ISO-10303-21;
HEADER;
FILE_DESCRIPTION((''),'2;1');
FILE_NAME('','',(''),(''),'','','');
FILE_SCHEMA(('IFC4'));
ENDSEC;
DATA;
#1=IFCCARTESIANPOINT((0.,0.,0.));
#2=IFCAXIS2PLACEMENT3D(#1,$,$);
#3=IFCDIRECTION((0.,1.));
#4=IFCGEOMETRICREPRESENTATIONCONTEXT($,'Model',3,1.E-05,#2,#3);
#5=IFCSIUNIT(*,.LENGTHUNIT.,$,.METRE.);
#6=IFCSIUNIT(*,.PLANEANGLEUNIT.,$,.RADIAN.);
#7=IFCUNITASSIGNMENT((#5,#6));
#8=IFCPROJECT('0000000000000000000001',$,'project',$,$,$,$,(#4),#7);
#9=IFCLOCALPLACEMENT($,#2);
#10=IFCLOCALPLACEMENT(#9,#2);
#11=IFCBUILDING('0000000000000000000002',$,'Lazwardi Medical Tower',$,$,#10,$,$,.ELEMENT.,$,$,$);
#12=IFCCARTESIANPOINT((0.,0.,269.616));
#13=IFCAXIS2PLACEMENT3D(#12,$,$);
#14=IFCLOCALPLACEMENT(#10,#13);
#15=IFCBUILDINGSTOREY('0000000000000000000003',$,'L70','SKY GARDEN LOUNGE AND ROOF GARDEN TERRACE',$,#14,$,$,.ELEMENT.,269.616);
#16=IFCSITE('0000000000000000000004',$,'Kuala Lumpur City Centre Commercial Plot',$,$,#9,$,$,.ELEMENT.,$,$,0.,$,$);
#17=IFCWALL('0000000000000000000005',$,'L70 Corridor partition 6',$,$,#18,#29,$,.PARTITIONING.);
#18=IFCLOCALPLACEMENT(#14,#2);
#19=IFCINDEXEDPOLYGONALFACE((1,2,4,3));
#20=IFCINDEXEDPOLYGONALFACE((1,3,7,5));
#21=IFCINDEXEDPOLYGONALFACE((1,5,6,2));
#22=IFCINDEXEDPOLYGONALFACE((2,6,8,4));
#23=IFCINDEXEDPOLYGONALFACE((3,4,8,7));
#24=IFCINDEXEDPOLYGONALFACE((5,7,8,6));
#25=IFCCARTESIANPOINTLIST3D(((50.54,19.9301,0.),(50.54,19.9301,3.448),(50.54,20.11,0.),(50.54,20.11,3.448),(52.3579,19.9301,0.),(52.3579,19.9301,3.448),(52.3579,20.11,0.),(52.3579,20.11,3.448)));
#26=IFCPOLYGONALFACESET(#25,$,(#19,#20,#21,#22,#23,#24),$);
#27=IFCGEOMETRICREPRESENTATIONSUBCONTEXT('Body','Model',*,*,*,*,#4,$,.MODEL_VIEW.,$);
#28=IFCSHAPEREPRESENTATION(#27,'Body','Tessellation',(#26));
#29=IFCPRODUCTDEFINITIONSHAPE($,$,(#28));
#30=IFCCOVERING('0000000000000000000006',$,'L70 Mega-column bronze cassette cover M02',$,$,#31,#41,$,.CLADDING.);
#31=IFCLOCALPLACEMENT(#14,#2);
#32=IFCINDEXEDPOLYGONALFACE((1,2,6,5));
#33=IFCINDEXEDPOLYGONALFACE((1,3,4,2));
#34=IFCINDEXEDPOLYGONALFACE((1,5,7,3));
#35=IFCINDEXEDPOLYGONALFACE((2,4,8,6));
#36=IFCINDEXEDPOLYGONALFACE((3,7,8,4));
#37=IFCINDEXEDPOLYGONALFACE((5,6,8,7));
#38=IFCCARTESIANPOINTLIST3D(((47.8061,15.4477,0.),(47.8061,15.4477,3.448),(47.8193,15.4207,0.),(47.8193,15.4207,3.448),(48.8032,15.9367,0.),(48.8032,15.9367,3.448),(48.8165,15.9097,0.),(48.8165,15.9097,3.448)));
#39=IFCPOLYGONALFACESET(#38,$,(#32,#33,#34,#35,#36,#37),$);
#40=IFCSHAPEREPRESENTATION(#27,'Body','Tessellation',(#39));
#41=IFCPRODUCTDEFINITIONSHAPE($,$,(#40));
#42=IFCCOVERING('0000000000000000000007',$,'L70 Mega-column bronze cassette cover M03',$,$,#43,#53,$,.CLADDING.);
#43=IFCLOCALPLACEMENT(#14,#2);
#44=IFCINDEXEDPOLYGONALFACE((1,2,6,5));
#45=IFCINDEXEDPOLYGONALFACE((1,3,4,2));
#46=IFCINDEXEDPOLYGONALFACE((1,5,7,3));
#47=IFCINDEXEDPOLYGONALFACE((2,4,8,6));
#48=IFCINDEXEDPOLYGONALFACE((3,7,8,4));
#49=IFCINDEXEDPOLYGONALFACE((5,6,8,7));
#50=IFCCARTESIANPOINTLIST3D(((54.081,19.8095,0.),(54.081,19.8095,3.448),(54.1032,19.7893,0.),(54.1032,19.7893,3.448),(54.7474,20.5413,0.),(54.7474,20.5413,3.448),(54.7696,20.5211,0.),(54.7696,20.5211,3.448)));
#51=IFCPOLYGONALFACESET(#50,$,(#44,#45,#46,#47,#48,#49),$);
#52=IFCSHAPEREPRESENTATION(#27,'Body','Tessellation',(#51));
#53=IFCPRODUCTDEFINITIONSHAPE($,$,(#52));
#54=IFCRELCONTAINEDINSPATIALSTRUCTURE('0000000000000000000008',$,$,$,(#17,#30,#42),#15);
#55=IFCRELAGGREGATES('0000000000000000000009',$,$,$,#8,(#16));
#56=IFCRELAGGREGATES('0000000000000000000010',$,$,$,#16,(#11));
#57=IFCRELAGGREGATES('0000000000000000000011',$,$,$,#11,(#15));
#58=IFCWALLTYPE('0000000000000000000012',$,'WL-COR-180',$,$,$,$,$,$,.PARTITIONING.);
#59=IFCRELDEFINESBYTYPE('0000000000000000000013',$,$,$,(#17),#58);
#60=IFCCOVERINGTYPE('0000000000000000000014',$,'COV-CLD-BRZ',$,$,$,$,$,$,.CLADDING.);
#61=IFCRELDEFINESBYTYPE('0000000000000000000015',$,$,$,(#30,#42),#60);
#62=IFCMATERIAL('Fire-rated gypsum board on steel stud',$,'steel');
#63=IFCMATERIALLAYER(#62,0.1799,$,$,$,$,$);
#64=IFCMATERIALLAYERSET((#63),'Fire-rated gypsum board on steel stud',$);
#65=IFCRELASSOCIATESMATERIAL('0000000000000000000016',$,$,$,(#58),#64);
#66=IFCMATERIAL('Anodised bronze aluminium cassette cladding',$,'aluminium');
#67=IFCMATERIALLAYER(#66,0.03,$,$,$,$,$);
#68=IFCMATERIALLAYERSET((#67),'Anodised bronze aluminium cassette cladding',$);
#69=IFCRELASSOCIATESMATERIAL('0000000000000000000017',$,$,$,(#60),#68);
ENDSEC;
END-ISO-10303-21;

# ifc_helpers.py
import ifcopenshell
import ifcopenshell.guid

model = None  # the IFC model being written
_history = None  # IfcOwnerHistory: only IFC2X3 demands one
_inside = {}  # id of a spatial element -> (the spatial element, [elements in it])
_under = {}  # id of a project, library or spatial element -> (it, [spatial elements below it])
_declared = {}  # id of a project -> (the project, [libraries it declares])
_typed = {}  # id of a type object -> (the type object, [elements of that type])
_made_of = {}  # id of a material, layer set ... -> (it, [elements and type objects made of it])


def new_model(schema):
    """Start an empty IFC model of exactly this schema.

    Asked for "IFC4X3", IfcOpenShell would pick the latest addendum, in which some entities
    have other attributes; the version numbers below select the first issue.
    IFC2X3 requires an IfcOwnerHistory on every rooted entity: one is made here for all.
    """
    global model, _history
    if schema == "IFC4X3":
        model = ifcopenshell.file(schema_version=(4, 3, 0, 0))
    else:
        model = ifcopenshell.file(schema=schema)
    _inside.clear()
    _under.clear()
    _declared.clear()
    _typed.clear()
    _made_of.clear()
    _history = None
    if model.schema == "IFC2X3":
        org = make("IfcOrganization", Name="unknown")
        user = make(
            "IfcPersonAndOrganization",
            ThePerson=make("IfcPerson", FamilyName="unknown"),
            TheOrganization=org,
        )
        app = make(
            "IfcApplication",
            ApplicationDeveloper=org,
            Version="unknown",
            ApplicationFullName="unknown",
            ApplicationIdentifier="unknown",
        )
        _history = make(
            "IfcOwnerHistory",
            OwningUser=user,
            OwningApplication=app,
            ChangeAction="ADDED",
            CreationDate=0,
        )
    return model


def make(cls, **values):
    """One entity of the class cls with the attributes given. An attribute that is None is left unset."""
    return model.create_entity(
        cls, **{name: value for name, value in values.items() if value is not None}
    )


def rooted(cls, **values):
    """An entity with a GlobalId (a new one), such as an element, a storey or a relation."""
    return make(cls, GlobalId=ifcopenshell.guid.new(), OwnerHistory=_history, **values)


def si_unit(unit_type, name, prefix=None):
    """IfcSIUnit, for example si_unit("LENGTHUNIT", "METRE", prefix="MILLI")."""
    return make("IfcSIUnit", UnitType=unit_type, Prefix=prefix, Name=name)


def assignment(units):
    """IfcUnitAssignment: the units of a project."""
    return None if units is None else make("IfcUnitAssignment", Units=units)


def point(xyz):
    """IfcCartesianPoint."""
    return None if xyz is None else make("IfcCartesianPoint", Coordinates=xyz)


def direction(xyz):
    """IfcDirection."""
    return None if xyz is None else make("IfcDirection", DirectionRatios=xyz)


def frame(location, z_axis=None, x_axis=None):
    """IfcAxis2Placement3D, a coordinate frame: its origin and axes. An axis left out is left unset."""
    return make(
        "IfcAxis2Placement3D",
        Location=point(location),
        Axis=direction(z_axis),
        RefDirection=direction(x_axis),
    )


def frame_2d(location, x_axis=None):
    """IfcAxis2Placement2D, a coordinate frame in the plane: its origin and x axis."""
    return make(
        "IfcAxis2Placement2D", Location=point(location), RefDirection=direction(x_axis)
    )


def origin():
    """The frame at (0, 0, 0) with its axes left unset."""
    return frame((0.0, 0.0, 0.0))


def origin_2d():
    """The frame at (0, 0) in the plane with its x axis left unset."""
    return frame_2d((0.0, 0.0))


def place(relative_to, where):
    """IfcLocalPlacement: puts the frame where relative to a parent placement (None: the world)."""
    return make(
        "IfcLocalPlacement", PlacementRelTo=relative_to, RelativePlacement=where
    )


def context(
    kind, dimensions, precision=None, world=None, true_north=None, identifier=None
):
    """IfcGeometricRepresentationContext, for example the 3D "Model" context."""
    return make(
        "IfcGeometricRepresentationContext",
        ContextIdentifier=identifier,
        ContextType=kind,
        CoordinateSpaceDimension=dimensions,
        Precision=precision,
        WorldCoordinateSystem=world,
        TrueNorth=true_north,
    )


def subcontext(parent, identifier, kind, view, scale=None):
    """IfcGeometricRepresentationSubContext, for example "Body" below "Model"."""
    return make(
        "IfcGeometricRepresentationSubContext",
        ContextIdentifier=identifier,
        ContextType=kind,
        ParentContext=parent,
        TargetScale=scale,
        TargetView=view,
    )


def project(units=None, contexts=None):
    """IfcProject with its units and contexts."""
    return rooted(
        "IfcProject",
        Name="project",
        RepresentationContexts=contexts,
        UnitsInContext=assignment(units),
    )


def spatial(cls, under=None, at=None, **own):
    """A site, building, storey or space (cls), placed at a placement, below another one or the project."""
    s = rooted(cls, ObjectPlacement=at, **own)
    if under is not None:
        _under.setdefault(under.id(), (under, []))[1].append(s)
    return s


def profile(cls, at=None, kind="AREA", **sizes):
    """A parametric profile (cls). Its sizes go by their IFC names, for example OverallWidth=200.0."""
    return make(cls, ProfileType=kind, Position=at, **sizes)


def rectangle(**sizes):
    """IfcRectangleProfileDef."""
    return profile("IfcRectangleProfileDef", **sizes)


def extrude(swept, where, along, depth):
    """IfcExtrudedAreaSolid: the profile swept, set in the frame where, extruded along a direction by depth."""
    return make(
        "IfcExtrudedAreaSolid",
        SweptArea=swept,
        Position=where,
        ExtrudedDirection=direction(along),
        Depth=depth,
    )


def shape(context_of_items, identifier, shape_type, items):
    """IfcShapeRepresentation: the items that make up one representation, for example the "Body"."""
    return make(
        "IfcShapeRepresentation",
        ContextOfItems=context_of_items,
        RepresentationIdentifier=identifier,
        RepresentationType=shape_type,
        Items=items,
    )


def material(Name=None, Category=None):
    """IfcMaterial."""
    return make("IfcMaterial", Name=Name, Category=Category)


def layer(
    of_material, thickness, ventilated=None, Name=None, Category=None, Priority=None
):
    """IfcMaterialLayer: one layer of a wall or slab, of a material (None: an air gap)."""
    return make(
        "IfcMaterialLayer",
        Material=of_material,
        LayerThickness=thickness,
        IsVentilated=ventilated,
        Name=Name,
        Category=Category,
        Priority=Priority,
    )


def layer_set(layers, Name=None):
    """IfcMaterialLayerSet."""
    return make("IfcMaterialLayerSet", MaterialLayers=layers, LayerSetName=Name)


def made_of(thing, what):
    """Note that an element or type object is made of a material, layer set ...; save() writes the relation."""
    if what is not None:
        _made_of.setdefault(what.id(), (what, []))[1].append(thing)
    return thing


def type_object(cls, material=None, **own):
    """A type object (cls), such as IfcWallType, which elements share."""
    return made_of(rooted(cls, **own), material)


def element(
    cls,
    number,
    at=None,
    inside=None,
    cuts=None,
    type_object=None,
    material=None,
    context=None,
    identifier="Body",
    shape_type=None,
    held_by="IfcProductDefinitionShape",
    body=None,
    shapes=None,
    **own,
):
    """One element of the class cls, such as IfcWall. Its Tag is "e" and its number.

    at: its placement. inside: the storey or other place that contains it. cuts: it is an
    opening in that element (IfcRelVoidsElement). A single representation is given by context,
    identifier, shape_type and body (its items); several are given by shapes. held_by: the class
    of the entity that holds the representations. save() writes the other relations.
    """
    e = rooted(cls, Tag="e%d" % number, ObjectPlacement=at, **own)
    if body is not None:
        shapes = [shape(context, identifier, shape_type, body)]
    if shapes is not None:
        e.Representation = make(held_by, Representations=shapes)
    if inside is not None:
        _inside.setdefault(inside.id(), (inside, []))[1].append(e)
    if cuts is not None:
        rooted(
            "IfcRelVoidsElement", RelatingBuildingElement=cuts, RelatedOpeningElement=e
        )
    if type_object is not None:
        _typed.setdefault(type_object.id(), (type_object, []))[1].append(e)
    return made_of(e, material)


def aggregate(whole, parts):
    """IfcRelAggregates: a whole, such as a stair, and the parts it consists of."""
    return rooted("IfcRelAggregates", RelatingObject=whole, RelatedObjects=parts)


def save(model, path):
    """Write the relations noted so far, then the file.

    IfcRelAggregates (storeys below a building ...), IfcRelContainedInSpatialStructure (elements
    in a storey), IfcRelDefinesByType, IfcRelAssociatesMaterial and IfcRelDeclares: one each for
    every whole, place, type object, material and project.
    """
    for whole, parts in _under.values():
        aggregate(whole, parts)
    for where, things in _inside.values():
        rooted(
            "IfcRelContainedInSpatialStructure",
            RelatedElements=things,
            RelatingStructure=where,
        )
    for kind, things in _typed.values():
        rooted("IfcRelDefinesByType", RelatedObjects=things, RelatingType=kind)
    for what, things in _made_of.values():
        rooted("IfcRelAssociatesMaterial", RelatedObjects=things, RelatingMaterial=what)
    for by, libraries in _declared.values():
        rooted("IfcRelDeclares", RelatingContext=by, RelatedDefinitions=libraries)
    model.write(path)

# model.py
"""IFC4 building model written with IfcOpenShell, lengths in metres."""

from ifc_helpers import new_model, si_unit, direction, frame, frame_2d, origin, origin_2d, place, context, subcontext, project, spatial, rectangle, extrude, material, layer, layer_set, type_object, element, save


model = new_model("IFC4")

# Units and contexts
model_context = context("Model", 3, precision=1e-05, world=origin(), true_north=direction((0.0, 1.0)))
body_context = subcontext(model_context, "Body", "Model", "MODEL_VIEW")
ifc_project = project(units=[si_unit("LENGTHUNIT", "METRE"), si_unit("PLANEANGLEUNIT", "RADIAN")], contexts=[model_context])

# Site, building, storey
site_placement = place(None, origin())
site = spatial("IfcSite", under=ifc_project, at=site_placement, Name="Kuala Lumpur City Centre Commercial Plot", CompositionType="ELEMENT", RefElevation=0.0)
building_placement = place(site_placement, origin())
building = spatial("IfcBuilding", under=site, at=building_placement, Name="Lazwardi Medical Tower", CompositionType="ELEMENT")
storey_placement = place(building_placement, frame((0.0, 0.0, 269.616)))
storey = spatial("IfcBuildingStorey", under=building, at=storey_placement, Name="L70", Description="SKY GARDEN LOUNGE AND ROOF GARDEN TERRACE", CompositionType="ELEMENT", Elevation=269.616)

# Wall
ifc_material_1 = material(Name="Fire-rated gypsum board on steel stud", Category="steel")
ifc_layer_1 = layer(ifc_material_1, 0.1799)
ifc_layer_set_1 = layer_set([ifc_layer_1], Name="Fire-rated gypsum board on steel stud")
wall_type = type_object("IfcWallType", Name="WL-COR-180", PredefinedType="PARTITIONING", material=ifc_layer_set_1)
wall_placement = place(storey_placement, frame((52.3579, 20.02, 0.0), z_axis=(0.0, 0.0, 1.0), x_axis=(-1.0, 0.0, 0.0)))
element("IfcWall", 1, at=wall_placement, inside=storey, type_object=wall_type, Name="L70 Corridor partition 6", PredefinedType="PARTITIONING", context=body_context, shape_type="SweptSolid", body=[
    extrude(rectangle(XDim=1.8179, YDim=0.1799, at=frame_2d((0.9089, 0.0))), origin(), (0.0, 0.0, 1.0), 3.448),
])

# Coverings
ifc_material_2 = material(Name="Anodised bronze aluminium cassette cladding", Category="aluminium")
ifc_layer_2 = layer(ifc_material_2, 0.03)
ifc_layer_set_2 = layer_set([ifc_layer_2], Name="Anodised bronze aluminium cassette cladding")
covering_type = type_object("IfcCoveringType", Name="COV-CLD-BRZ", PredefinedType="CLADDING", material=ifc_layer_set_2)
covering_1_placement = place(storey_placement, frame((48.3113, 15.6787, 0.0), z_axis=(0.0, 0.0, 1.0), x_axis=(0.89784, 0.440322, 0.0)))
element("IfcCovering", 2, at=covering_1_placement, inside=storey, type_object=covering_type, Name="L70 Mega-column bronze cassette cover M02", PredefinedType="CLADDING", context=body_context, shape_type="SweptSolid", body=[
    extrude(rectangle(XDim=1.1106, YDim=0.03, at=origin_2d()), origin(), (0.0, 0.0, 1.0), 3.448),
])
covering_2_placement = place(storey_placement, frame((54.4253, 20.1653, 0.0), z_axis=(0.0, 0.0, 1.0), x_axis=(0.673241, 0.739423, 0.0)))
element("IfcCovering", 3, at=covering_2_placement, inside=storey, type_object=covering_type, Name="L70 Mega-column bronze cassette cover M03", PredefinedType="CLADDING", context=body_context, shape_type="SweptSolid", body=[
    extrude(rectangle(XDim=0.9897, YDim=0.03, at=origin_2d()), origin(), (0.0, 0.0, 1.0), 3.448),
])

save(model, "model.ifc")
